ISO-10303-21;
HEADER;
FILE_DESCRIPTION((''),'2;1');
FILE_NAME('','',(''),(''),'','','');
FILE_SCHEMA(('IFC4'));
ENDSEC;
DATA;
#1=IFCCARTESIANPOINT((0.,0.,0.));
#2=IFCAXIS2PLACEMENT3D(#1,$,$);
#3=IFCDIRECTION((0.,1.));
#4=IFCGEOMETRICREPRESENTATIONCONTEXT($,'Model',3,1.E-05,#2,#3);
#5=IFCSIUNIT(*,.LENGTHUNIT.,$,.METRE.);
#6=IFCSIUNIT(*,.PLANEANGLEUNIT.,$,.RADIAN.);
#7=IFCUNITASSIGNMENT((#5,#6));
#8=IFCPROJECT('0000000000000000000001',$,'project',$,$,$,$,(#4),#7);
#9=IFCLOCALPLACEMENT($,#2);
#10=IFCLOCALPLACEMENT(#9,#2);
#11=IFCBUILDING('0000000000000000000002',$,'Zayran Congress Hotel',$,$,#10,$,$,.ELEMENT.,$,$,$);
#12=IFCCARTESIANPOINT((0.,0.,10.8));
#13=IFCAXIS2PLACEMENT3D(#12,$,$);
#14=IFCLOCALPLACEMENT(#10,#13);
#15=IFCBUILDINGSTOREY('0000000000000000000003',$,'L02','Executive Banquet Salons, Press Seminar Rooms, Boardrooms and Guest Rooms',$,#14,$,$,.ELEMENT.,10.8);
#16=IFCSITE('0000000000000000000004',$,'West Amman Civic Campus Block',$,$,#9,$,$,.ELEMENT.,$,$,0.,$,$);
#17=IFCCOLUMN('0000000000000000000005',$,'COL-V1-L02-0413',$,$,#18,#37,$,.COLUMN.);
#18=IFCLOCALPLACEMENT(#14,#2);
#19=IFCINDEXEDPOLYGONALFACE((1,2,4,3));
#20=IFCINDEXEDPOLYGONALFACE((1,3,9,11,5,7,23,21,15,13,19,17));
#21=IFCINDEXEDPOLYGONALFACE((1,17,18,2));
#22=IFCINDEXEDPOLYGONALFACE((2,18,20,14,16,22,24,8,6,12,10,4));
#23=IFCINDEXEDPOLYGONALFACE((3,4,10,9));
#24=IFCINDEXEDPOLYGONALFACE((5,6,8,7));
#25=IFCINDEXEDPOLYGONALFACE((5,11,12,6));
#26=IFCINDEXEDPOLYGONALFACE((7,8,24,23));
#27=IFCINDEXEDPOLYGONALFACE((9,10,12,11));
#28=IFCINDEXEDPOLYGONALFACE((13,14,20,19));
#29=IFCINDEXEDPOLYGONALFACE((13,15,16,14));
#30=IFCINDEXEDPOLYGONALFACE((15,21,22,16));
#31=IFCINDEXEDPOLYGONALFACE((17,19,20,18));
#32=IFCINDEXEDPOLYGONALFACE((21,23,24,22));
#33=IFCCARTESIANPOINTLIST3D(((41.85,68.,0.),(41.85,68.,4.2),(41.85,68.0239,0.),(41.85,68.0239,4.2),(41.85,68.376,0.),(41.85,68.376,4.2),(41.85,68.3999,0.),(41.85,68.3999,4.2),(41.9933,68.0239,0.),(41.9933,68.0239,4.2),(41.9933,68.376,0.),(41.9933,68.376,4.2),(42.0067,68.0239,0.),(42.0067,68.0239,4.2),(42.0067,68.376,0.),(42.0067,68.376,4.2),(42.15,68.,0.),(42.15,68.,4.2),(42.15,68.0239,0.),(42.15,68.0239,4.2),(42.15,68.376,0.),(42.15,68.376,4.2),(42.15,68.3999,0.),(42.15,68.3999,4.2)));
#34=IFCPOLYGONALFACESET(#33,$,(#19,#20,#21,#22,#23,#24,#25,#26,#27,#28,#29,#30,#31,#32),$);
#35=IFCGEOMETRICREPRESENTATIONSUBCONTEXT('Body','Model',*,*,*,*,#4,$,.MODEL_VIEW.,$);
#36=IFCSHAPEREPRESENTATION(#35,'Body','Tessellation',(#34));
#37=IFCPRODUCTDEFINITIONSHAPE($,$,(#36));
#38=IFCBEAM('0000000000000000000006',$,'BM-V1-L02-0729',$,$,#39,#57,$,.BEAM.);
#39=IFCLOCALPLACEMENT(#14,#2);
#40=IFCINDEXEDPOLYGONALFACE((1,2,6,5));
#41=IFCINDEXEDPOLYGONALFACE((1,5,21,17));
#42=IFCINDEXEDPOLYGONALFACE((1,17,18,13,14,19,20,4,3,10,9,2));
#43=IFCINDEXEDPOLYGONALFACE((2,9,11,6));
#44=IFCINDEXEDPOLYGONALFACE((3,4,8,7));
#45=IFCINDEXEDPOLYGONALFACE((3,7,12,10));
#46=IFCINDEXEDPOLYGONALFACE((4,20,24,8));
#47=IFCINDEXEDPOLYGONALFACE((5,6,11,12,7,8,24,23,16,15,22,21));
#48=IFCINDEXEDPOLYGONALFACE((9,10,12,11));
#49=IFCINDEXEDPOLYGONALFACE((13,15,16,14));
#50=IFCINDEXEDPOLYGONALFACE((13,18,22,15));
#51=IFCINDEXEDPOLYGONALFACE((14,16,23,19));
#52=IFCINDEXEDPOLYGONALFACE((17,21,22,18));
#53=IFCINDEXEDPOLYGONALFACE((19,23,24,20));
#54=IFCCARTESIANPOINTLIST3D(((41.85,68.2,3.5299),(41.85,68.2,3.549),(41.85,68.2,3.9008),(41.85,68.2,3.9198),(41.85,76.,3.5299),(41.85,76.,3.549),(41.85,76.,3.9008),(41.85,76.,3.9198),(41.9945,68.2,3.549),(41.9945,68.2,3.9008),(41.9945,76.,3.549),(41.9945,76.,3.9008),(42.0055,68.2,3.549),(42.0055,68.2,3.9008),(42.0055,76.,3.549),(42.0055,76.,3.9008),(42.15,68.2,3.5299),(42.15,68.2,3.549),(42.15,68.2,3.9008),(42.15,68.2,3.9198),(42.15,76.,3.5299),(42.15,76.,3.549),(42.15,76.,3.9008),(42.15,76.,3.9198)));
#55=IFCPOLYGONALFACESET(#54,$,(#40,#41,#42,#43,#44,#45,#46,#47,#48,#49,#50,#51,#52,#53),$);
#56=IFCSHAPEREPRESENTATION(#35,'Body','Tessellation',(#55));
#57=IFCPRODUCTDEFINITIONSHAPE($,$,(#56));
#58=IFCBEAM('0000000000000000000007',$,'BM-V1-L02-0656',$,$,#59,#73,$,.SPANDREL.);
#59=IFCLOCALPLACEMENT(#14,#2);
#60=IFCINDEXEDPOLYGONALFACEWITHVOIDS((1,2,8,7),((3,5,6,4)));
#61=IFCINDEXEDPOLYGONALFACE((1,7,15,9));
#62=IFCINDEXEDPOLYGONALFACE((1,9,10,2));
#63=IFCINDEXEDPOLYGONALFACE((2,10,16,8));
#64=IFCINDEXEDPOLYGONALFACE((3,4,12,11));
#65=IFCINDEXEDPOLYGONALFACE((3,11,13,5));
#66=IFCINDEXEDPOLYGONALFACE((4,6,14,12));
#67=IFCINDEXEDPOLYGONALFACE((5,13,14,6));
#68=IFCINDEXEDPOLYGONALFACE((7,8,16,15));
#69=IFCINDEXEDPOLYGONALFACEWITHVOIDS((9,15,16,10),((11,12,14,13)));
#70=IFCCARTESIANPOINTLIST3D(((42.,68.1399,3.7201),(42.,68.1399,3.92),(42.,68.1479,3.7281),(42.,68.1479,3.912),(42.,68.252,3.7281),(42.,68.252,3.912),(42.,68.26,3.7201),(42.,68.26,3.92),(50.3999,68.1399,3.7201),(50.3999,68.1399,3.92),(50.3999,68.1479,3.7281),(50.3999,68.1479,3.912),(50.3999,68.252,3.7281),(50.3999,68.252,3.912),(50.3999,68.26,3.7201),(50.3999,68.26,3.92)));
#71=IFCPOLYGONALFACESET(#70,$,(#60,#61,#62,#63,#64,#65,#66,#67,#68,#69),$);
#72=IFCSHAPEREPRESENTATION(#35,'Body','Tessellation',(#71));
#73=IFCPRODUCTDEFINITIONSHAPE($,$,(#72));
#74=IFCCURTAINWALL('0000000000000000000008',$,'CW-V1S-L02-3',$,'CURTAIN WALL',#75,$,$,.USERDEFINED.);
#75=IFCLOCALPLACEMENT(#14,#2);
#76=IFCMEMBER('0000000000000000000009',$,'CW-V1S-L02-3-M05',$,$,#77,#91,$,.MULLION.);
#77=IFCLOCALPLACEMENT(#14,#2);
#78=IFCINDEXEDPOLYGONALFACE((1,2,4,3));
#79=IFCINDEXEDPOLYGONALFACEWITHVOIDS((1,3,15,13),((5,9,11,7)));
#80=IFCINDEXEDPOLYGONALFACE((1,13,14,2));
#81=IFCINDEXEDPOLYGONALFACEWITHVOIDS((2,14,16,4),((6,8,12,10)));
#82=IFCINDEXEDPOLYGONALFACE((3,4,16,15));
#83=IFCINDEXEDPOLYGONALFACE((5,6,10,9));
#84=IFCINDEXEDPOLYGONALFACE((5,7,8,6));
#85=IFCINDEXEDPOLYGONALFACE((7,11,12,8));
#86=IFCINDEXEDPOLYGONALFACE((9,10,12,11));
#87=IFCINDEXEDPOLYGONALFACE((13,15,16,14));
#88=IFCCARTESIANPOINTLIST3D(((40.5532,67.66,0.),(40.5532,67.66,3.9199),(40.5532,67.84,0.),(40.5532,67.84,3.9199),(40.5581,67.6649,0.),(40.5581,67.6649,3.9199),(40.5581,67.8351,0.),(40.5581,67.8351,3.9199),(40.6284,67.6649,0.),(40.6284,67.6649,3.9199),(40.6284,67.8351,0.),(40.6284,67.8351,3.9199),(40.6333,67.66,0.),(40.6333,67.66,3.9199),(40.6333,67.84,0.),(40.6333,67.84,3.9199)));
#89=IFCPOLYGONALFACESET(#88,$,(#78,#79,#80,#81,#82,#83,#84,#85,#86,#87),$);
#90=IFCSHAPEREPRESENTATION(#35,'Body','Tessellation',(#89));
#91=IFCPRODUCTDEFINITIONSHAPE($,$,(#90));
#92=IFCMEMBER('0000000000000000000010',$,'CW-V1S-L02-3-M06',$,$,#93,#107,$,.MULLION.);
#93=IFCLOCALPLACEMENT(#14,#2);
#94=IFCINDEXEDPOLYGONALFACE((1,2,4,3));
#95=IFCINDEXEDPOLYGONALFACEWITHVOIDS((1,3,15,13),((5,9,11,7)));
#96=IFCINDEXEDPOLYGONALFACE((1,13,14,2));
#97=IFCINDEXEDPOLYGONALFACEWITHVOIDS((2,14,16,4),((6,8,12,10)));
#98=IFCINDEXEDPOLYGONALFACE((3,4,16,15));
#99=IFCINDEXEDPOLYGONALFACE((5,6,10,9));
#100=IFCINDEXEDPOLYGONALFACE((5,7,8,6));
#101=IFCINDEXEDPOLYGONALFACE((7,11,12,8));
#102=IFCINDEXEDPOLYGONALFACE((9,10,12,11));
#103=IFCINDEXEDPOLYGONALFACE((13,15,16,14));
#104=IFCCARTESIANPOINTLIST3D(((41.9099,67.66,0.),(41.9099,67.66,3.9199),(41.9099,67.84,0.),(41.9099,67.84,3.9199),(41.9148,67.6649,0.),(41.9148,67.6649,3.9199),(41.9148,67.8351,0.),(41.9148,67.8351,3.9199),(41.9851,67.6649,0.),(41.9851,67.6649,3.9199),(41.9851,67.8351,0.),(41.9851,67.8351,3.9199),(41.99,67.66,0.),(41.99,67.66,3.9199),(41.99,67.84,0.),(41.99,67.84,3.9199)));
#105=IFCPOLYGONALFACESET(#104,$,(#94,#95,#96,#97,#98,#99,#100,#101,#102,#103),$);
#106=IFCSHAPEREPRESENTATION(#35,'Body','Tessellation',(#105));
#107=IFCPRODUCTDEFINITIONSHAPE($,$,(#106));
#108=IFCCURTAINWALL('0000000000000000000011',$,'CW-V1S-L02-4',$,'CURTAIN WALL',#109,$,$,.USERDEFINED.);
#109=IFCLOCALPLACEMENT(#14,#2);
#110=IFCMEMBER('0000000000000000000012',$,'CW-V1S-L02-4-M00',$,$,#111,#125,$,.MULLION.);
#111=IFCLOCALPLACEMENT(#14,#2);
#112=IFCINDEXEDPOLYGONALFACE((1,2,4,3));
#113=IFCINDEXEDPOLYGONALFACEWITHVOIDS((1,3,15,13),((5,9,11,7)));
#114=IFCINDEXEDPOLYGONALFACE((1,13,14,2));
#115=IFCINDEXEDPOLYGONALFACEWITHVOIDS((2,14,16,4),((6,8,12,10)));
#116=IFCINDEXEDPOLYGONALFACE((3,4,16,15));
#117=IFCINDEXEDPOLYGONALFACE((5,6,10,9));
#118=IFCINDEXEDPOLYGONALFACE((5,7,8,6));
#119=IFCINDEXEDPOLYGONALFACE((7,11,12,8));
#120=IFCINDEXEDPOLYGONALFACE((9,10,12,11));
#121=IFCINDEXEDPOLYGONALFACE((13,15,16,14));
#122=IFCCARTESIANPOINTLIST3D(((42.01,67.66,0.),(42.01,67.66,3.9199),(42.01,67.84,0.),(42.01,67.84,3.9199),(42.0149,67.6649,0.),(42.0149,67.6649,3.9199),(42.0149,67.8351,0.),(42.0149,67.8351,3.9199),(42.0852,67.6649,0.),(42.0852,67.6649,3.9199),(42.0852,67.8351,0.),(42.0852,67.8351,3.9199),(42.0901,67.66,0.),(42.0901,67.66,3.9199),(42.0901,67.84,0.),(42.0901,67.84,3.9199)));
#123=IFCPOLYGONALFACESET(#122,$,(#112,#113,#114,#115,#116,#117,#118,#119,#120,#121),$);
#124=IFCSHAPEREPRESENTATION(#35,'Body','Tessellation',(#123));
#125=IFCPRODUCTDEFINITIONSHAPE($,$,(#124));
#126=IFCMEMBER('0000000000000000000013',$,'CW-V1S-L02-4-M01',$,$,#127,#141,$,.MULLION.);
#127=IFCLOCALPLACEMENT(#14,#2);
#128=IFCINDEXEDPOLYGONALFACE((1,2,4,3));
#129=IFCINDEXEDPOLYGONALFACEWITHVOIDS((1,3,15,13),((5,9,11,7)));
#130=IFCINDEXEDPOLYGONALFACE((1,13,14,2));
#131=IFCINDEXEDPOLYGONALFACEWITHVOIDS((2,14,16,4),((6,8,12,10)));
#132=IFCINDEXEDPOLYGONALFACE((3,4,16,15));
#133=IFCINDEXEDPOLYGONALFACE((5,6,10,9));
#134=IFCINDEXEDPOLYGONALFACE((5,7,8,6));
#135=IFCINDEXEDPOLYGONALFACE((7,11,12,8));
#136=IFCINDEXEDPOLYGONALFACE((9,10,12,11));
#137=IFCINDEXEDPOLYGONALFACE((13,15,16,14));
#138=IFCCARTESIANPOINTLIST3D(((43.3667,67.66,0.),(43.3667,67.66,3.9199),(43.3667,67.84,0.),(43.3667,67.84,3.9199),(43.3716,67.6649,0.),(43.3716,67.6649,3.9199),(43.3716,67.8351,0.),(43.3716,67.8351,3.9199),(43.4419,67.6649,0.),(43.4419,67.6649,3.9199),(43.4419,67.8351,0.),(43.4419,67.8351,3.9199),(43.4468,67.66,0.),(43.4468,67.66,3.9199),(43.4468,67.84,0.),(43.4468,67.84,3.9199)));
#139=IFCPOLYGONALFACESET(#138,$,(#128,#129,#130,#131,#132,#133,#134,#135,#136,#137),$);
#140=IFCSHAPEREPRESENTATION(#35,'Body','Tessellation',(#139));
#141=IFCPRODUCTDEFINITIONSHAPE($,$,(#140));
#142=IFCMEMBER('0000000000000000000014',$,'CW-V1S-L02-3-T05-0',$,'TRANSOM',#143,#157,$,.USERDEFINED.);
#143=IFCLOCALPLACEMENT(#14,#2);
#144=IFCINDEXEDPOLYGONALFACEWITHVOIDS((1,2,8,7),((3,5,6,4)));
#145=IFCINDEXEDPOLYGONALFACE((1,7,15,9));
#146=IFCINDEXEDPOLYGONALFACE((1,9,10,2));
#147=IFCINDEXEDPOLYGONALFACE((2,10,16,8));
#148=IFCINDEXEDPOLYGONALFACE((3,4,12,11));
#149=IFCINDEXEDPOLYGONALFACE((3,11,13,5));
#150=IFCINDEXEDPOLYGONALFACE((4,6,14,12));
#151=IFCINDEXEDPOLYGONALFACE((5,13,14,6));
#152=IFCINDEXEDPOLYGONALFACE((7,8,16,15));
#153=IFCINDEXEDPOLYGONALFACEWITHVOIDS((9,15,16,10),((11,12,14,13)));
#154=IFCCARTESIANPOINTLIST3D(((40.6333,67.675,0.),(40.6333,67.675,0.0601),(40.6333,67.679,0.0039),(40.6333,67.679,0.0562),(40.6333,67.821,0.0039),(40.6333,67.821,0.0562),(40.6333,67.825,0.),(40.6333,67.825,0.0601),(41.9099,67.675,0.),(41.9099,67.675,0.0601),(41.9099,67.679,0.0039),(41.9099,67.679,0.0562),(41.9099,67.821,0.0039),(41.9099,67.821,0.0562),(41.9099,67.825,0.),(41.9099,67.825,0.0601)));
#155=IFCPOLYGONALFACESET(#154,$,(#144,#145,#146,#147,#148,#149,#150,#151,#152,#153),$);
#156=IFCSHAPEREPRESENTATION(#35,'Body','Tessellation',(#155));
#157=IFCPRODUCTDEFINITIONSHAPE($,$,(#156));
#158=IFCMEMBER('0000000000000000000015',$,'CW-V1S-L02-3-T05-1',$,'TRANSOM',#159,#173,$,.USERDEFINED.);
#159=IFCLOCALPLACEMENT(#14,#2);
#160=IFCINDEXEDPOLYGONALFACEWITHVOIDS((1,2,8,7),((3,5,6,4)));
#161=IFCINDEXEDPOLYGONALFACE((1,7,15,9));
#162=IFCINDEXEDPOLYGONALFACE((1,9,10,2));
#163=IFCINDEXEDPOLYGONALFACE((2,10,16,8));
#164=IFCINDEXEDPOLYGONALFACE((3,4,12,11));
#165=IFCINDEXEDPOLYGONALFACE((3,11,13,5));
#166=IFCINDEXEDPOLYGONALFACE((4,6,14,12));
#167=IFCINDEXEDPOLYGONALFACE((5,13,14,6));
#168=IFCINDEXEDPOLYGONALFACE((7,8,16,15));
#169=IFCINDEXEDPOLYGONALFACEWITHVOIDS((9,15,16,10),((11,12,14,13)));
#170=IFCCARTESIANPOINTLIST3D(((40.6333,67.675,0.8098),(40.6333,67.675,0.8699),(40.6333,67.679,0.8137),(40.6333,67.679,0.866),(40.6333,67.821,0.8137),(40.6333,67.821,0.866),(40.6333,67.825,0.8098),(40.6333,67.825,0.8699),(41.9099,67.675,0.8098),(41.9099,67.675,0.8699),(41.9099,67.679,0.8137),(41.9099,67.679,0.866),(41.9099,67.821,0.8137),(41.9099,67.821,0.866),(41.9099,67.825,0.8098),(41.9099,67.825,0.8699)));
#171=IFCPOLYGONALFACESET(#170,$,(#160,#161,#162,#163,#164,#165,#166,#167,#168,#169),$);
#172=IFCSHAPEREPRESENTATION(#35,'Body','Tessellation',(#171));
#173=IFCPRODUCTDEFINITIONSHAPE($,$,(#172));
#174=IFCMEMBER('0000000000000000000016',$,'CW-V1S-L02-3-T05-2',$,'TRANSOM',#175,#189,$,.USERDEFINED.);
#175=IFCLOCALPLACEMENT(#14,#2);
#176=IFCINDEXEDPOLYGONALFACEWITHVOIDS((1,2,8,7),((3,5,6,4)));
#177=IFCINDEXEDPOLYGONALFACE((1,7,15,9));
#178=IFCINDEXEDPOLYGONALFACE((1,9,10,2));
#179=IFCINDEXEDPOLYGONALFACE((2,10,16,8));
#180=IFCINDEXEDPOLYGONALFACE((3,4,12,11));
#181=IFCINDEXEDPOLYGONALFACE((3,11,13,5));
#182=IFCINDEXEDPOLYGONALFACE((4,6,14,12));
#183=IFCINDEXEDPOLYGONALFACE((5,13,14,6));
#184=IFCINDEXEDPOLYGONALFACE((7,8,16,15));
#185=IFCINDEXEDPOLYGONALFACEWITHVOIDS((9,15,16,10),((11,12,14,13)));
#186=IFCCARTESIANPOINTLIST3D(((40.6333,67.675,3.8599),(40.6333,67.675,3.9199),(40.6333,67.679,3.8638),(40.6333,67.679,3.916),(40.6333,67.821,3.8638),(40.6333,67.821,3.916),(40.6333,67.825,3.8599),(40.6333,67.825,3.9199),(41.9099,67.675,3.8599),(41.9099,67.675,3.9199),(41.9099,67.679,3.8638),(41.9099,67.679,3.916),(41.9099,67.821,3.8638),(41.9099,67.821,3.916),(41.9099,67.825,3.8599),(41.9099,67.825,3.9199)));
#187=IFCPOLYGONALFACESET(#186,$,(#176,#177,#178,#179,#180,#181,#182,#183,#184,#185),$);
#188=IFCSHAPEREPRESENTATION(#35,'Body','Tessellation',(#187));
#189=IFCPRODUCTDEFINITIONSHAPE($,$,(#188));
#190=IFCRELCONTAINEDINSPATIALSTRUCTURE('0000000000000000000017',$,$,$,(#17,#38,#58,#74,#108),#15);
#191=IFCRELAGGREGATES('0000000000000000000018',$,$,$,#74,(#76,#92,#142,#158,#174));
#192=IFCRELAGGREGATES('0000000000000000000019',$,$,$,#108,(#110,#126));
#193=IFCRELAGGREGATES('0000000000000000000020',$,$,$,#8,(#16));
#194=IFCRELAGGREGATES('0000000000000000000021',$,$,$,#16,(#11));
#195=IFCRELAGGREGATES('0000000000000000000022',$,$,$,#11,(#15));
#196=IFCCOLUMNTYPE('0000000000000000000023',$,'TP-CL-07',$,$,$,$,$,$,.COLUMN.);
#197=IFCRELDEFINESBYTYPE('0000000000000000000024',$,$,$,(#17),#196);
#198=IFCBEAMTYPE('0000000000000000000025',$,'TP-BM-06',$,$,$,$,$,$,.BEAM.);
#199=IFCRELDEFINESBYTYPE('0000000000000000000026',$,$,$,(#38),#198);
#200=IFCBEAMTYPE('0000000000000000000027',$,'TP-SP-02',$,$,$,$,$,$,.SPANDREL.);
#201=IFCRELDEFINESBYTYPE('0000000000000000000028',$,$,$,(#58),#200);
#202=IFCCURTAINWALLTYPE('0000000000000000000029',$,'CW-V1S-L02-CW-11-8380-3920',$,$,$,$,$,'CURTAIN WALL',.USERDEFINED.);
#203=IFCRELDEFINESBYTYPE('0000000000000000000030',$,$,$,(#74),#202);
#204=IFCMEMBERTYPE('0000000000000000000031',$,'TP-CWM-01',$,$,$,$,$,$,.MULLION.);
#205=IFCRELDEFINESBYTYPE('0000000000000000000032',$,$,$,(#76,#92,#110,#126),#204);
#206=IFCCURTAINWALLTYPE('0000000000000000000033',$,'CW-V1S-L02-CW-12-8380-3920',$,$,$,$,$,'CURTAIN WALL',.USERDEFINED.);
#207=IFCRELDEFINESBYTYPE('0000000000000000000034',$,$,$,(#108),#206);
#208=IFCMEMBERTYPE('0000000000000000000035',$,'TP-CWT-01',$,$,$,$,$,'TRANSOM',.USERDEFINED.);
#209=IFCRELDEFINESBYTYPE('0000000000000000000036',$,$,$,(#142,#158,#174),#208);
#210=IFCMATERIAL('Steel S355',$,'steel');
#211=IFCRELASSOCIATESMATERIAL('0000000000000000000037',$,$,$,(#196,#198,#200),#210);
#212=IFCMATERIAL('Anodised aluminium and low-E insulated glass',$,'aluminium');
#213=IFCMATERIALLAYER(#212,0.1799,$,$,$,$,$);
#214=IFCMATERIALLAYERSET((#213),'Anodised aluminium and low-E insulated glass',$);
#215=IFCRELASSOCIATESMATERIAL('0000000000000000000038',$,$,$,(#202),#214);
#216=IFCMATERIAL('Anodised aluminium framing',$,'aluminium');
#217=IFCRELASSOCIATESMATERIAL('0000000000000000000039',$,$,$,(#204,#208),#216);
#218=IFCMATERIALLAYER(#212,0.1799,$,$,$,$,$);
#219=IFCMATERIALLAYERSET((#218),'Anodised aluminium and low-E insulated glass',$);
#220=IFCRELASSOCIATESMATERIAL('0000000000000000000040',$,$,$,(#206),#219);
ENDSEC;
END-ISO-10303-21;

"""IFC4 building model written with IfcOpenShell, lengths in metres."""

from ifc_helpers import new_model, si_unit, direction, frame, origin, origin_2d, place, context, subcontext, project, spatial, hollow_rectangle, i_section, extrude, material, layer, layer_set, material_profile, profile_set, type_object, element, aggregate, save


model = new_model("IFC4")

# Units and contexts
model_context = context("Model", 3, precision=1e-05, world=origin(), true_north=direction((0.0, 1.0)))
body_context = subcontext(model_context, "Body", "Model", "MODEL_VIEW")
ifc_project = project(units=[si_unit("LENGTHUNIT", "METRE"), si_unit("PLANEANGLEUNIT", "RADIAN")], contexts=[model_context])

# Site, building, storey
site_placement = place(None, origin())
site = spatial("IfcSite", under=ifc_project, at=site_placement, Name="West Amman Civic Campus Block", CompositionType="ELEMENT", RefElevation=0.0)
building_placement = place(site_placement, origin())
building = spatial("IfcBuilding", under=site, at=building_placement, Name="Zayran Congress Hotel", CompositionType="ELEMENT")
storey_placement = place(building_placement, frame((0.0, 0.0, 10.8)))
storey = spatial("IfcBuildingStorey", under=building, at=storey_placement, Name="L02", Description="Executive Banquet Salons, Press Seminar Rooms, Boardrooms and Guest Rooms", CompositionType="ELEMENT", Elevation=10.8)

# Column
ifc_material_1 = material(Name="Steel S355", Category="steel")
ifc_material_profile_1 = material_profile(ifc_material_1, i_section(OverallWidth=0.3, OverallDepth=0.3999, WebThickness=0.0134, FlangeThickness=0.0239, at=origin_2d()), Name="HEB 400")
ifc_profile_set_1 = profile_set([ifc_material_profile_1], Name="Steel S355")
column_type = type_object("IfcColumnType", Name="TP-CL-07", PredefinedType="COLUMN", material=ifc_profile_set_1)
column_placement = place(storey_placement, frame((42.0, 68.2, 0.0), z_axis=(0.0, 0.0, 1.0), x_axis=(1.0, 0.0, 0.0)))
element("IfcColumn", 1, at=column_placement, inside=storey, type_object=column_type, Name="COL-V1-L02-0413", PredefinedType="COLUMN", context=body_context, shape_type="SweptSolid", body=[
    extrude(i_section(OverallWidth=0.3, OverallDepth=0.3999, WebThickness=0.0134, FlangeThickness=0.0239, at=origin_2d()), origin(), (0.0, 0.0, 1.0), 4.2),
])

# Beams
ifc_material_profile_2 = material_profile(ifc_material_1, i_section(OverallWidth=0.3, OverallDepth=0.3899, WebThickness=0.011, FlangeThickness=0.019, at=origin_2d()), Name="HEA 400")
ifc_profile_set_2 = profile_set([ifc_material_profile_2], Name="Steel S355")
beam_type_1 = type_object("IfcBeamType", Name="TP-BM-06", PredefinedType="BEAM", material=ifc_profile_set_2)
beam_1_placement = place(storey_placement, frame((42.0, 68.2, 3.7249), z_axis=(0.0, 1.0, 0.0), x_axis=(-1.0, 0.0, 0.0)))
element("IfcBeam", 2, at=beam_1_placement, inside=storey, type_object=beam_type_1, Name="BM-V1-L02-0729", PredefinedType="BEAM", context=body_context, shape_type="SweptSolid", body=[
    extrude(i_section(OverallWidth=0.3, OverallDepth=0.3899, WebThickness=0.011, FlangeThickness=0.019, at=origin_2d()), origin(), (0.0, 0.0, 1.0), 7.8),
])
ifc_material_profile_3 = material_profile(ifc_material_1, hollow_rectangle(XDim=0.1201, YDim=0.2, WallThickness=0.0081, at=origin_2d()), Name="RHS 200x120x8")
ifc_profile_set_3 = profile_set([ifc_material_profile_3], Name="Steel S355")
beam_type_2 = type_object("IfcBeamType", Name="TP-SP-02", PredefinedType="SPANDREL", material=ifc_profile_set_3)
beam_2_placement = place(storey_placement, frame((42.0, 68.2, 3.8201), z_axis=(1.0, 0.0, 0.0), x_axis=(0.0, 1.0, 0.0)))
element("IfcBeam", 3, at=beam_2_placement, inside=storey, type_object=beam_type_2, Name="BM-V1-L02-0656", PredefinedType="SPANDREL", context=body_context, shape_type="SweptSolid", body=[
    extrude(hollow_rectangle(XDim=0.1201, YDim=0.2, WallThickness=0.0081, at=origin_2d()), origin(), (0.0, 0.0, 1.0), 8.3999),
])

# Curtain walls, members
ifc_material_2 = material(Name="Anodised aluminium and low-E insulated glass", Category="aluminium")
ifc_layer_1 = layer(ifc_material_2, 0.1799)
ifc_layer_set_1 = layer_set([ifc_layer_1], Name="Anodised aluminium and low-E insulated glass")
curtain_wall_type_1 = type_object("IfcCurtainWallType", Name="CW-V1S-L02-CW-11-8380-3920", ElementType="CURTAIN WALL", PredefinedType="USERDEFINED", material=ifc_layer_set_1)
curtain_wall_1_placement = place(storey_placement, origin())
curtain_wall_1 = element("IfcCurtainWall", 4, at=curtain_wall_1_placement, inside=storey, type_object=curtain_wall_type_1, Name="CW-V1S-L02-3", ObjectType="CURTAIN WALL", PredefinedType="USERDEFINED")
ifc_material_3 = material(Name="Anodised aluminium framing", Category="aluminium")
ifc_material_profile_4 = material_profile(ifc_material_3, hollow_rectangle(XDim=0.0801, YDim=0.1799, WallThickness=0.0049, at=origin_2d()), Name="RHS 180x80x5")
ifc_profile_set_4 = profile_set([ifc_material_profile_4], Name="Anodised aluminium framing")
member_type_1 = type_object("IfcMemberType", Name="TP-CWM-01", PredefinedType="MULLION", material=ifc_profile_set_4)
member_1_placement = place(storey_placement, frame((40.5933, 67.75, 0.0), z_axis=(0.0, 0.0, 1.0), x_axis=(1.0, 0.0, 0.0)))
member_1 = element("IfcMember", 5, at=member_1_placement, type_object=member_type_1, Name="CW-V1S-L02-3-M05", PredefinedType="MULLION", context=body_context, shape_type="SweptSolid", body=[
    extrude(hollow_rectangle(XDim=0.0801, YDim=0.1799, WallThickness=0.0049, at=origin_2d()), origin(), (0.0, 0.0, 1.0), 3.9199),
])
member_2_placement = place(storey_placement, frame((41.95, 67.75, 0.0), z_axis=(0.0, 0.0, 1.0), x_axis=(1.0, 0.0, 0.0)))
member_2 = element("IfcMember", 6, at=member_2_placement, type_object=member_type_1, Name="CW-V1S-L02-3-M06", PredefinedType="MULLION", context=body_context, shape_type="SweptSolid", body=[
    extrude(hollow_rectangle(XDim=0.0801, YDim=0.1799, WallThickness=0.0049, at=origin_2d()), origin(), (0.0, 0.0, 1.0), 3.9199),
])
ifc_layer_2 = layer(ifc_material_2, 0.1799)
ifc_layer_set_2 = layer_set([ifc_layer_2], Name="Anodised aluminium and low-E insulated glass")
curtain_wall_type_2 = type_object("IfcCurtainWallType", Name="CW-V1S-L02-CW-12-8380-3920", ElementType="CURTAIN WALL", PredefinedType="USERDEFINED", material=ifc_layer_set_2)
curtain_wall_2_placement = place(storey_placement, origin())
curtain_wall_2 = element("IfcCurtainWall", 7, at=curtain_wall_2_placement, inside=storey, type_object=curtain_wall_type_2, Name="CW-V1S-L02-4", ObjectType="CURTAIN WALL", PredefinedType="USERDEFINED")
member_3_placement = place(storey_placement, frame((42.05, 67.75, 0.0), z_axis=(0.0, 0.0, 1.0), x_axis=(1.0, 0.0, 0.0)))
member_3 = element("IfcMember", 8, at=member_3_placement, type_object=member_type_1, Name="CW-V1S-L02-4-M00", PredefinedType="MULLION", context=body_context, shape_type="SweptSolid", body=[
    extrude(hollow_rectangle(XDim=0.0801, YDim=0.1799, WallThickness=0.0049, at=origin_2d()), origin(), (0.0, 0.0, 1.0), 3.9199),
])
member_4_placement = place(storey_placement, frame((43.4067, 67.75, 0.0), z_axis=(0.0, 0.0, 1.0), x_axis=(1.0, 0.0, 0.0)))
member_4 = element("IfcMember", 9, at=member_4_placement, type_object=member_type_1, Name="CW-V1S-L02-4-M01", PredefinedType="MULLION", context=body_context, shape_type="SweptSolid", body=[
    extrude(hollow_rectangle(XDim=0.0801, YDim=0.1799, WallThickness=0.0049, at=origin_2d()), origin(), (0.0, 0.0, 1.0), 3.9199),
])

# Members
ifc_material_profile_5 = material_profile(ifc_material_3, hollow_rectangle(XDim=0.0601, YDim=0.1499, WallThickness=0.0039, at=origin_2d()), Name="RHS 150x60x4")
ifc_profile_set_5 = profile_set([ifc_material_profile_5], Name="Anodised aluminium framing")
member_type_2 = type_object("IfcMemberType", Name="TP-CWT-01", ElementType="TRANSOM", PredefinedType="USERDEFINED", material=ifc_profile_set_5)
member_5_placement = place(storey_placement, frame((40.6333, 67.75, 0.03), z_axis=(1.0, 0.0, 0.0), x_axis=(0.0, 0.0, 1.0)))
member_5 = element("IfcMember", 10, at=member_5_placement, type_object=member_type_2, Name="CW-V1S-L02-3-T05-0", ObjectType="TRANSOM", PredefinedType="USERDEFINED", context=body_context, shape_type="SweptSolid", body=[
    extrude(hollow_rectangle(XDim=0.0601, YDim=0.1499, WallThickness=0.0039, at=origin_2d()), origin(), (0.0, 0.0, 1.0), 1.2766),
])
member_6_placement = place(storey_placement, frame((40.6333, 67.75, 0.8398), z_axis=(1.0, 0.0, 0.0), x_axis=(0.0, 0.0, 1.0)))
member_6 = element("IfcMember", 11, at=member_6_placement, type_object=member_type_2, Name="CW-V1S-L02-3-T05-1", ObjectType="TRANSOM", PredefinedType="USERDEFINED", context=body_context, shape_type="SweptSolid", body=[
    extrude(hollow_rectangle(XDim=0.0601, YDim=0.1499, WallThickness=0.0039, at=origin_2d()), origin(), (0.0, 0.0, 1.0), 1.2766),
])
member_7_placement = place(storey_placement, frame((40.6333, 67.75, 3.8899), z_axis=(1.0, 0.0, 0.0), x_axis=(0.0, 0.0, 1.0)))
member_7 = element("IfcMember", 12, at=member_7_placement, type_object=member_type_2, Name="CW-V1S-L02-3-T05-2", ObjectType="TRANSOM", PredefinedType="USERDEFINED", context=body_context, shape_type="SweptSolid", body=[
    extrude(hollow_rectangle(XDim=0.0601, YDim=0.1499, WallThickness=0.0039, at=origin_2d()), origin(), (0.0, 0.0, 1.0), 1.2766),
])

aggregate(curtain_wall_1, [member_1, member_2, member_5, member_6, member_7])
aggregate(curtain_wall_2, [member_3, member_4])

save(model, "model.ifc")
